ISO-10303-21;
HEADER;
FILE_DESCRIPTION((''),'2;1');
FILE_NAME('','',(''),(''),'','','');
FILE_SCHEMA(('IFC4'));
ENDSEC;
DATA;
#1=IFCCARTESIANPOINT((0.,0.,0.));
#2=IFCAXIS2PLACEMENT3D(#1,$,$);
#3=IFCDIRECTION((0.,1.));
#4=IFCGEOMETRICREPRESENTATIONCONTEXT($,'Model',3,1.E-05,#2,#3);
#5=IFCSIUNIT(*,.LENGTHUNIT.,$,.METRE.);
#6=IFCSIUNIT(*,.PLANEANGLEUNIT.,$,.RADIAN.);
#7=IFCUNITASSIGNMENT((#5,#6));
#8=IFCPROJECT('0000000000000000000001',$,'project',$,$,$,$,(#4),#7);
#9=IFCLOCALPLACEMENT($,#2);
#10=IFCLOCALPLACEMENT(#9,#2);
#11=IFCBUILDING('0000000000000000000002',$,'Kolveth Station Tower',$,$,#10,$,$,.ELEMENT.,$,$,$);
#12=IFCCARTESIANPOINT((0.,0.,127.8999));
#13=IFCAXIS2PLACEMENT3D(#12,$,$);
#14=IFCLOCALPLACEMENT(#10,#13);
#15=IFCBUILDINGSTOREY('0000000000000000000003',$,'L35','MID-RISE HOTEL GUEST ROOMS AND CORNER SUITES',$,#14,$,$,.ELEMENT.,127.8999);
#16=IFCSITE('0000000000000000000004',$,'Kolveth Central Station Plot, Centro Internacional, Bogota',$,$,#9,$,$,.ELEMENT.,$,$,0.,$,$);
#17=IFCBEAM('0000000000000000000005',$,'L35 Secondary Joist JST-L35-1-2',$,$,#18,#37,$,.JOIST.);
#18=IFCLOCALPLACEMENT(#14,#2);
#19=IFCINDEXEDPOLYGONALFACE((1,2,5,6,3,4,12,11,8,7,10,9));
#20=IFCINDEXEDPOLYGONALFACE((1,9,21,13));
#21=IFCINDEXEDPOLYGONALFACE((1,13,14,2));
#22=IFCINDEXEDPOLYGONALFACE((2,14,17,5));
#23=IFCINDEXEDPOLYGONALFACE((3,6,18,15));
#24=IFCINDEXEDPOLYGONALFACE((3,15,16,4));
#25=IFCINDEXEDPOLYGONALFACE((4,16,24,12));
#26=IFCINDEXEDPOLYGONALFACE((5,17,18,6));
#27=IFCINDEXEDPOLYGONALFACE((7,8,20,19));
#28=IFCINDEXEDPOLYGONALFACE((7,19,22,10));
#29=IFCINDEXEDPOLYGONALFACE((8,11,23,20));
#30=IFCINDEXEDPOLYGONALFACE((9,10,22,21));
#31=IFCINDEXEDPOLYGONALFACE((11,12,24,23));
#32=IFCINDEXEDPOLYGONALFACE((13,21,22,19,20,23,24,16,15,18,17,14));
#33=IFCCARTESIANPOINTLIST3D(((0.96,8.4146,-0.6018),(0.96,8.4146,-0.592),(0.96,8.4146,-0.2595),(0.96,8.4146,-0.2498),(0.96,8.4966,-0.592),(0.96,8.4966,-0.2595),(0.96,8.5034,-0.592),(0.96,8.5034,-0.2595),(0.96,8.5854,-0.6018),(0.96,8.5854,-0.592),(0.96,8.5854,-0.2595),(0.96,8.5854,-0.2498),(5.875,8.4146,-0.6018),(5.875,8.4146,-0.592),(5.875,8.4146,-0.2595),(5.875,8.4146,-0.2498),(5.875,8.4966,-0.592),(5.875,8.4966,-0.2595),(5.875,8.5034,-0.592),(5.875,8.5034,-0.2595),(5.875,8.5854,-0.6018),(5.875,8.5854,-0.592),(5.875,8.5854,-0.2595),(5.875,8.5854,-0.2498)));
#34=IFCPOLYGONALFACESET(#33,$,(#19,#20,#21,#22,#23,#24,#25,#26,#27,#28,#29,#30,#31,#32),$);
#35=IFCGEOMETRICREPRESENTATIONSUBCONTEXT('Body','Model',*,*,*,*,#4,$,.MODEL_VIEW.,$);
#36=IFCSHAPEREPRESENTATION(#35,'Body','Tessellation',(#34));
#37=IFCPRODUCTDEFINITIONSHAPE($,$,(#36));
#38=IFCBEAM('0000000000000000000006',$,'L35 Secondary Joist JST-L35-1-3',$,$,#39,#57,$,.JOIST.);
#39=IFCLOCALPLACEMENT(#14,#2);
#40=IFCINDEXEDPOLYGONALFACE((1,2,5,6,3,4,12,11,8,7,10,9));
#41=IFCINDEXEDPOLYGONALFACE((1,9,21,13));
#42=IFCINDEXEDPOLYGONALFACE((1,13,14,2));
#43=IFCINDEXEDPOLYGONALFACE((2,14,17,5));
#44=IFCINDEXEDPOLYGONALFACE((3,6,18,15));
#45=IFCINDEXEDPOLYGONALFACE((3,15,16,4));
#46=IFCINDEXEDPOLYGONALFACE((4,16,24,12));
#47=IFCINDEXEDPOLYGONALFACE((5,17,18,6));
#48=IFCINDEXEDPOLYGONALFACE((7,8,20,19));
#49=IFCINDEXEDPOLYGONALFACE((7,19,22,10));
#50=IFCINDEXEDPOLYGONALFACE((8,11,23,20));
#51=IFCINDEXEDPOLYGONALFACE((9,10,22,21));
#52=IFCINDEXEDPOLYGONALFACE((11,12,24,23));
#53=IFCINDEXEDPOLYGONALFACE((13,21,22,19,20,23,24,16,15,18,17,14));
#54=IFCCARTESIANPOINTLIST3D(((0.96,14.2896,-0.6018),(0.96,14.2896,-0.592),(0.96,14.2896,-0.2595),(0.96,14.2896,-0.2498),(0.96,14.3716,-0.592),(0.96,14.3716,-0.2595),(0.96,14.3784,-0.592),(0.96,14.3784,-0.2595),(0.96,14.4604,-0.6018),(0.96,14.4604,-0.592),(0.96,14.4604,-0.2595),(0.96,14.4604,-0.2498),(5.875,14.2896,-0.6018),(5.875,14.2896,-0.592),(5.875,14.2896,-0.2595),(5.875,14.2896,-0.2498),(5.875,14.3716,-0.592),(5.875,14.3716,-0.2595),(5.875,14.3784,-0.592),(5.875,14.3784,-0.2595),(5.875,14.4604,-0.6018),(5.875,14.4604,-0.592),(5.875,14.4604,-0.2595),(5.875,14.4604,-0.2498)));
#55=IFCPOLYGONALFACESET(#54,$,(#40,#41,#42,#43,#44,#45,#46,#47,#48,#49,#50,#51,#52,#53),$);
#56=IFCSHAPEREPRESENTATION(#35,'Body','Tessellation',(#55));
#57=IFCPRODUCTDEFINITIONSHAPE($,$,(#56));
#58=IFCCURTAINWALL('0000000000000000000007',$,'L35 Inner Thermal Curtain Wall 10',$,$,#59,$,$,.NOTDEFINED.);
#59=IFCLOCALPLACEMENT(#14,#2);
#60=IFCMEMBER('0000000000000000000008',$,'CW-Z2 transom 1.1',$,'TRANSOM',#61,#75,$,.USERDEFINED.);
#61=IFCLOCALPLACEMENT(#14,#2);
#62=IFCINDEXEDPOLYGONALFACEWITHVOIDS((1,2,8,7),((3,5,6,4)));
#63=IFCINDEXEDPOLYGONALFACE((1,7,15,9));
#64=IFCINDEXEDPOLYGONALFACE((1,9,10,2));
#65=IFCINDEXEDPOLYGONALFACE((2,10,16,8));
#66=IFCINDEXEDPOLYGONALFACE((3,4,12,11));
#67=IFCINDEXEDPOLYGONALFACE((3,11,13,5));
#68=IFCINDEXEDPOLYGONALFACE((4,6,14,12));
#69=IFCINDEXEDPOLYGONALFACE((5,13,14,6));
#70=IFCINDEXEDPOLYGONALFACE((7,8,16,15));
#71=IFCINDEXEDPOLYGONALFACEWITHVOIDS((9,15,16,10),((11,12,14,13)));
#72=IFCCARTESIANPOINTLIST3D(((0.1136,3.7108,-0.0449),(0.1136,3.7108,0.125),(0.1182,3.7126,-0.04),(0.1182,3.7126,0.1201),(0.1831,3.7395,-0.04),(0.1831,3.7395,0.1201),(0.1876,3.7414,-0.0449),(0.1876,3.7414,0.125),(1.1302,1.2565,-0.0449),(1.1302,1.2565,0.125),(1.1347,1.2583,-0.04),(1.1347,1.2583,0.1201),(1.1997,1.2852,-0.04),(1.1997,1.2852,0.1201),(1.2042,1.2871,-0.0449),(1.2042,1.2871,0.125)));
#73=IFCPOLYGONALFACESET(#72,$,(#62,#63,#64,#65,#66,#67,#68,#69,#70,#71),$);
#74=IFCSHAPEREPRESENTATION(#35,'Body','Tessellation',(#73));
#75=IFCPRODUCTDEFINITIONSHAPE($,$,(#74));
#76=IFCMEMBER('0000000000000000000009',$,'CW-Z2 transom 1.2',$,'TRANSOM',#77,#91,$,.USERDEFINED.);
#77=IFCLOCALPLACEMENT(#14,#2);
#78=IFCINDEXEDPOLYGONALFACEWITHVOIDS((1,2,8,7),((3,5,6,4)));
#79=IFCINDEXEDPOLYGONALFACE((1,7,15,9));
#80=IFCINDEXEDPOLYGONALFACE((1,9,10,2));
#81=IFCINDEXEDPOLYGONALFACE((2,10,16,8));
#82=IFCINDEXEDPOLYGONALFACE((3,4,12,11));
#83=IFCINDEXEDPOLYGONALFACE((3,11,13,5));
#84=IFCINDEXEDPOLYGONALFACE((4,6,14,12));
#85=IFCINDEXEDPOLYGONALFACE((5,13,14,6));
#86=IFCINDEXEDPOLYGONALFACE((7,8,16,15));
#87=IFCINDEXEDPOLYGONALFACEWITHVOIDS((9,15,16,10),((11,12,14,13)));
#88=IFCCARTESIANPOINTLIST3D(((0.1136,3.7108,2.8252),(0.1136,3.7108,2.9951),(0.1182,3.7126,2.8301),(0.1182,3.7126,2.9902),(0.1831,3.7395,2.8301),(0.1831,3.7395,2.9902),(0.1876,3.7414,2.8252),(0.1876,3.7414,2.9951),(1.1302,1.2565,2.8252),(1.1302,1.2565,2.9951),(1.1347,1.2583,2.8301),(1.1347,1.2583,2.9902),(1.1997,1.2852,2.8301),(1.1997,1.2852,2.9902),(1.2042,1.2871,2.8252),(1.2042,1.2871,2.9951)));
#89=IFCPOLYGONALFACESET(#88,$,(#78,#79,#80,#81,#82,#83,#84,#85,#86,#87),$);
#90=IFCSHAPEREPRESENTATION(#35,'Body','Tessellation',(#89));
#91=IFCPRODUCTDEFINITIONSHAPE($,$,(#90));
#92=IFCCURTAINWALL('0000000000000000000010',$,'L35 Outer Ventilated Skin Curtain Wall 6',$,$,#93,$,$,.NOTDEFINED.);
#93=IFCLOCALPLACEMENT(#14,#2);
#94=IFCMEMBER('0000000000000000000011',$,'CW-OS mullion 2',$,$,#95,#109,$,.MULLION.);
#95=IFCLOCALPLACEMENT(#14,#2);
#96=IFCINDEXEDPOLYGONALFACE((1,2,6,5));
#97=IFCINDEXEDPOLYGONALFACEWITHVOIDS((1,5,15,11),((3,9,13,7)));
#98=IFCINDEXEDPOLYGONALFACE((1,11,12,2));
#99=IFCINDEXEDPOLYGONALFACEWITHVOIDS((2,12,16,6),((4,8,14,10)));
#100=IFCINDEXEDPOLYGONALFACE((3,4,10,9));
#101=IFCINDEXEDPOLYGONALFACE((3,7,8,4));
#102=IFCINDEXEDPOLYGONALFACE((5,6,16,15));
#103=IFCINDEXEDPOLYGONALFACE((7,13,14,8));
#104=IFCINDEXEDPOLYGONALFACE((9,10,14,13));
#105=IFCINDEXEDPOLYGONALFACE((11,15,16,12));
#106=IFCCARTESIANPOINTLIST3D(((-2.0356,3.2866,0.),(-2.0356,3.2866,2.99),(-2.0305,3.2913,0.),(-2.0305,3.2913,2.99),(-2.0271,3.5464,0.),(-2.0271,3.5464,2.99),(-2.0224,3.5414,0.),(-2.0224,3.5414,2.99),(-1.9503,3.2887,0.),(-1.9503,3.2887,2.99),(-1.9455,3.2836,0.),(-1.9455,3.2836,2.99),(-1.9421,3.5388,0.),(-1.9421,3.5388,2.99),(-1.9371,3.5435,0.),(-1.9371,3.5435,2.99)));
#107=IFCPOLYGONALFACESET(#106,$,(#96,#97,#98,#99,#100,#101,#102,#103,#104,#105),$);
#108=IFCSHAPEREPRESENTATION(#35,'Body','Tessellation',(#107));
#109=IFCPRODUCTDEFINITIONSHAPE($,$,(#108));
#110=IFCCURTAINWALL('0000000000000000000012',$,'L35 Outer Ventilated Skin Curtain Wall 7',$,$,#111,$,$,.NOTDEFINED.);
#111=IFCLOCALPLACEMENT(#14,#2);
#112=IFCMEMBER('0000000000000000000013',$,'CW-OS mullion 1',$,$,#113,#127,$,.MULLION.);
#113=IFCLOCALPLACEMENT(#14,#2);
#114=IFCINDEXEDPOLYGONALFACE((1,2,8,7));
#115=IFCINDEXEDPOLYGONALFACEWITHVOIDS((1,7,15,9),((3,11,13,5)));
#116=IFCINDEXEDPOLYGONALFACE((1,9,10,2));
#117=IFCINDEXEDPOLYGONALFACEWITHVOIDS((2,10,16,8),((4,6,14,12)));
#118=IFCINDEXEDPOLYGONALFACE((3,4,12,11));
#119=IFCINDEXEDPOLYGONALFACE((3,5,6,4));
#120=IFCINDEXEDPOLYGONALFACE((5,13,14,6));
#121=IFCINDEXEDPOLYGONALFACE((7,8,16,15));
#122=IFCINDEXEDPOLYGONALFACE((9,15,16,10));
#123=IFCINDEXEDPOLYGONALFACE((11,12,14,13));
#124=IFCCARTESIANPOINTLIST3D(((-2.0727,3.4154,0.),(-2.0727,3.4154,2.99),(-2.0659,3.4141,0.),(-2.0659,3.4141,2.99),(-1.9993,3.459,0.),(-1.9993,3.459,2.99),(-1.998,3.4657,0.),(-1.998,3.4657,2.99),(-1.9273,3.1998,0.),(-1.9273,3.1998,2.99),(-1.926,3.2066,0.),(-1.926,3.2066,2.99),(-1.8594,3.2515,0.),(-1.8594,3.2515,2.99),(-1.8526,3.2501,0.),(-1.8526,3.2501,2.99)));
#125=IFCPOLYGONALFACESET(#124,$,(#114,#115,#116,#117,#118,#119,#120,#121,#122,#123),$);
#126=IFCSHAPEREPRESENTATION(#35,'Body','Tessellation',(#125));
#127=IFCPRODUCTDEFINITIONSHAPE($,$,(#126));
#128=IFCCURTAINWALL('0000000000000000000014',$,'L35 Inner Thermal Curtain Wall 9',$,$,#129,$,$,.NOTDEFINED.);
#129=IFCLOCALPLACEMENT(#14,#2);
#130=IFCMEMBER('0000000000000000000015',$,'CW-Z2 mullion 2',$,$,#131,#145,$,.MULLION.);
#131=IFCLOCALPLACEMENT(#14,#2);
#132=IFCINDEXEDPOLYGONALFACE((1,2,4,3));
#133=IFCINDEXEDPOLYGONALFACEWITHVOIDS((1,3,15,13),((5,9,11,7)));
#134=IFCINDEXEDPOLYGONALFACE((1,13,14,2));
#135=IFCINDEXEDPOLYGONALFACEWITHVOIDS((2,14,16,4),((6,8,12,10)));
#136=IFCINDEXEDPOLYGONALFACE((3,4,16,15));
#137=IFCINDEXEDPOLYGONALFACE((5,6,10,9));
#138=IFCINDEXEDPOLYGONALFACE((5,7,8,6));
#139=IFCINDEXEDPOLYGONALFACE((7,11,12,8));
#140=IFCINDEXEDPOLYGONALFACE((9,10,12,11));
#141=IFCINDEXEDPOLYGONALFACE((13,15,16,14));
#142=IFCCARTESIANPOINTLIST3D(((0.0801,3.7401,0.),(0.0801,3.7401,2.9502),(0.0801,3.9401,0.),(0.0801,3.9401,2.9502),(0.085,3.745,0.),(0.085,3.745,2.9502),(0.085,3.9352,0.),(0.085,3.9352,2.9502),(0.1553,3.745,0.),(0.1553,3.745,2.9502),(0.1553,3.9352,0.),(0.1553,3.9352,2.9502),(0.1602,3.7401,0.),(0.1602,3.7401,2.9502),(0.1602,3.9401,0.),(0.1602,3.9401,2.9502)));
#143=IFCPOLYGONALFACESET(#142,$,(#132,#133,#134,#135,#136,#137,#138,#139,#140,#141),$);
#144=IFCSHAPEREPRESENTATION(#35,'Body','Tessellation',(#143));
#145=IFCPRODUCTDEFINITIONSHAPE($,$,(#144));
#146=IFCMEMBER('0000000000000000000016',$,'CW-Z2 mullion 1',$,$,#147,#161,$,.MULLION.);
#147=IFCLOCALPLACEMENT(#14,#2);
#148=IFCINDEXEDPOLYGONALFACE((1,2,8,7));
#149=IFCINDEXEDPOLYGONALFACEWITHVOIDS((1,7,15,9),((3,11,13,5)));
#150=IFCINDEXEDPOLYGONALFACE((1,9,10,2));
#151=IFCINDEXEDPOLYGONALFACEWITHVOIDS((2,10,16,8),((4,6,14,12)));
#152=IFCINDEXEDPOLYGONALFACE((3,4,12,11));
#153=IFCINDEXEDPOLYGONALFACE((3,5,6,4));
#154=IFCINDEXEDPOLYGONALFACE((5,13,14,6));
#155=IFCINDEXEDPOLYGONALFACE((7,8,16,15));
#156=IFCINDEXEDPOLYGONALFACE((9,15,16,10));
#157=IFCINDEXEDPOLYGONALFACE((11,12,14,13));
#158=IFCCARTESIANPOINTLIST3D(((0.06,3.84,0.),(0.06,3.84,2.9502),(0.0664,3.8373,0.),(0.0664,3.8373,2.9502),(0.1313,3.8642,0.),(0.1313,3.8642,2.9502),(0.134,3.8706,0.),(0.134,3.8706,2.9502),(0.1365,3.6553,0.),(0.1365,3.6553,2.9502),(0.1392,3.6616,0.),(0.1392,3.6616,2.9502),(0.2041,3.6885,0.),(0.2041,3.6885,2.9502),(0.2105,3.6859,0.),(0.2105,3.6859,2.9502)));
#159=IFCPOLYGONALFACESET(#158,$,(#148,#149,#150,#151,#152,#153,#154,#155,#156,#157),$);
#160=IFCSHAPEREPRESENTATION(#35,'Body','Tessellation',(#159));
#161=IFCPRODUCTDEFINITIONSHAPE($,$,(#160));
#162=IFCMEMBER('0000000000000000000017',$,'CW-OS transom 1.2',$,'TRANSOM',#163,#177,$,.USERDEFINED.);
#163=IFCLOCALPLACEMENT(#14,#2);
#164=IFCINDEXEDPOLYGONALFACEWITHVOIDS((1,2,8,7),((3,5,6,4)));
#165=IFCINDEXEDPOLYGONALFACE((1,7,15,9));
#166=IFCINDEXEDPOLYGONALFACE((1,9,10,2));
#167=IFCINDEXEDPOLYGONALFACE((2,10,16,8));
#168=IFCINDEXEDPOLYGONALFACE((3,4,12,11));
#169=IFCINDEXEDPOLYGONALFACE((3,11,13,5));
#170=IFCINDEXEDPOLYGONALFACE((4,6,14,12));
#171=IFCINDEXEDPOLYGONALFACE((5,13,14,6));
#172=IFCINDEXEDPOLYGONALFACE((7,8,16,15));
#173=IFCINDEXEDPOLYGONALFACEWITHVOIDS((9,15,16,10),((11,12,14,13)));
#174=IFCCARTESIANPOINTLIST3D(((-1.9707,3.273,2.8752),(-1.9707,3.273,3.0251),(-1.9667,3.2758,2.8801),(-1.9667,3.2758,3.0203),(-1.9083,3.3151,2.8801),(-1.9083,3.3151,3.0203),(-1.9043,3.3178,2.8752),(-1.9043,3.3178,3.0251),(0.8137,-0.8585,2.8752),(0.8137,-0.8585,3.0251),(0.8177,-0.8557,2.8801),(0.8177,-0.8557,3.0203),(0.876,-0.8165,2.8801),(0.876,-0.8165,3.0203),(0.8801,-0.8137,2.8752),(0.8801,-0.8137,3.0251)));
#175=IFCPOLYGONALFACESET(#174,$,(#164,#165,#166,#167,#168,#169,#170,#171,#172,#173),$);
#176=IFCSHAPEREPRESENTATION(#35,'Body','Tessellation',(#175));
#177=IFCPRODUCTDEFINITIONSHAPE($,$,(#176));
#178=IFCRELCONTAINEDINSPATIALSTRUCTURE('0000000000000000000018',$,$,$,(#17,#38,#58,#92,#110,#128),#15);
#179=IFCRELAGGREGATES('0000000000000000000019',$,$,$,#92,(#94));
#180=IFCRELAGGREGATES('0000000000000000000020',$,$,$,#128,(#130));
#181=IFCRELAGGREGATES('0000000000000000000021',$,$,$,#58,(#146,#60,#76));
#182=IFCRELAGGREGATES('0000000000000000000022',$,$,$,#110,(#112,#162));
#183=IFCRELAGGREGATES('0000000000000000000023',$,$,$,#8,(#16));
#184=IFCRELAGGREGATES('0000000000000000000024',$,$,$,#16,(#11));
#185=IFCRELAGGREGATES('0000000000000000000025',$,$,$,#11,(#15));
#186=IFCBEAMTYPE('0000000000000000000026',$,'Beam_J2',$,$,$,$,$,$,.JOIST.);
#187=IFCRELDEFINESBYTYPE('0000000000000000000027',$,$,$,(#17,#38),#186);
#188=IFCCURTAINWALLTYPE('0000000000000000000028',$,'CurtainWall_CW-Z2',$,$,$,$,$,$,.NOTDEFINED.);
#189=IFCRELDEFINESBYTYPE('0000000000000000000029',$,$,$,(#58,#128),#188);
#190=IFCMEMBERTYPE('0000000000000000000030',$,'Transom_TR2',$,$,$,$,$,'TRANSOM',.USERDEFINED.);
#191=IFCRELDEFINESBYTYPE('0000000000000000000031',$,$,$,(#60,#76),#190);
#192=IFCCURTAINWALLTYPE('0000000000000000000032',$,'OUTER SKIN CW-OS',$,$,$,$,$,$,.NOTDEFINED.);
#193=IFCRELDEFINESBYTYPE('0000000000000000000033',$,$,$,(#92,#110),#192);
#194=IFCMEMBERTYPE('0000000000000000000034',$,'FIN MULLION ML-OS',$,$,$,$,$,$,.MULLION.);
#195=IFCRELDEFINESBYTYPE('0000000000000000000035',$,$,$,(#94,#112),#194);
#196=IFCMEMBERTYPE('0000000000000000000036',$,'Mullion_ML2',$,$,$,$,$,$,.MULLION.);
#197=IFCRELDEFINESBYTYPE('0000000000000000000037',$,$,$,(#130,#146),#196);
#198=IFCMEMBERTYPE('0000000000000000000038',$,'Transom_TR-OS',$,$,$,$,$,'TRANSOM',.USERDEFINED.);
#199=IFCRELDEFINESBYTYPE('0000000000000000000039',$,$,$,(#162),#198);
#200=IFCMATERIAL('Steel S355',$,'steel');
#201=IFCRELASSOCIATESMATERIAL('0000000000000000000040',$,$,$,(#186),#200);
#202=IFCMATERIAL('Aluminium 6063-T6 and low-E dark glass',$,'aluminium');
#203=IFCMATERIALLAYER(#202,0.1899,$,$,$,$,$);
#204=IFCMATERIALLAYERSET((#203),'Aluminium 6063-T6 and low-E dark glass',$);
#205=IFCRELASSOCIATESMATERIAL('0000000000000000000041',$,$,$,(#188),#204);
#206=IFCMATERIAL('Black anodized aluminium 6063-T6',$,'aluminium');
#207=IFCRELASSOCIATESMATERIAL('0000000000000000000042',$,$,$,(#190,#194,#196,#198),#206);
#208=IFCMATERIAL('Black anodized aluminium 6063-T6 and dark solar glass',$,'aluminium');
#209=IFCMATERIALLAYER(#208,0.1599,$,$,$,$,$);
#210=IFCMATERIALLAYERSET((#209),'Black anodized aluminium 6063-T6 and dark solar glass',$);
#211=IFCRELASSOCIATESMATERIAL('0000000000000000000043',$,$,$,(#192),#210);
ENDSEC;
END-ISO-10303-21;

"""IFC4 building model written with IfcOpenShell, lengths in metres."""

from ifc_helpers import new_model, si_unit, direction, frame, origin, origin_2d, place, context, subcontext, project, spatial, hollow_rectangle, i_section, extrude, source, transform, mapped, material, layer, layer_set, material_profile, profile_set, type_object, element, aggregate, save


model = new_model("IFC4")

# Units and contexts
model_context = context("Model", 3, precision=1e-05, world=origin(), true_north=direction((0.0, 1.0)))
body_context = subcontext(model_context, "Body", "Model", "MODEL_VIEW")
ifc_project = project(units=[si_unit("LENGTHUNIT", "METRE"), si_unit("PLANEANGLEUNIT", "RADIAN")], contexts=[model_context])

# Site, building, storey
site_placement = place(None, origin())
site = spatial("IfcSite", under=ifc_project, at=site_placement, Name="Kolveth Central Station Plot, Centro Internacional, Bogota", CompositionType="ELEMENT", RefElevation=0.0)
building_placement = place(site_placement, origin())
building = spatial("IfcBuilding", under=site, at=building_placement, Name="Kolveth Station Tower", CompositionType="ELEMENT")
storey_placement = place(building_placement, frame((0.0, 0.0, 127.8999)))
storey = spatial("IfcBuildingStorey", under=building, at=storey_placement, Name="L35", Description="MID-RISE HOTEL GUEST ROOMS AND CORNER SUITES", CompositionType="ELEMENT", Elevation=127.8999)

# Beams
ifc_material_1 = material(Name="Steel S355", Category="steel")
ifc_material_profile_1 = material_profile(ifc_material_1, i_section(OverallWidth=0.1709, OverallDepth=0.3521, WebThickness=0.0068, FlangeThickness=0.0098, at=origin_2d()), Name="W360x44")
ifc_profile_set_1 = profile_set([ifc_material_profile_1], Name="Steel S355")
beam_type_1 = type_object("IfcBeamType", Name="Beam_J2", PredefinedType="JOIST", material=ifc_profile_set_1)
shared_shape_1 = source(origin(), body_context, "Body", "SweptSolid", [
    extrude(i_section(OverallWidth=0.1709, OverallDepth=0.3521, WebThickness=0.0068, FlangeThickness=0.0098, at=origin_2d()), origin(), (0.0, 0.0, 1.0), 4.915),
])
for number, where, z_axis, x_axis, name in (
    (1, (0.96, 8.5, -0.4258), (1.0, 0.0, 0.0), (0.0, 1.0, 0.0), "L35 Secondary Joist JST-L35-1-2"),
    (2, (0.96, 14.375, -0.4258), (1.0, 0.0, 0.0), (0.0, 1.0, 0.0), "L35 Secondary Joist JST-L35-1-3"),
):
    element("IfcBeam", number, at=place(storey_placement, frame(where, z_axis=z_axis, x_axis=x_axis)), inside=storey, type_object=beam_type_1, Name=name, PredefinedType="JOIST", context=body_context, shape_type="MappedRepresentation", body=[
        mapped(shared_shape_1, transform((0.0, 0.0, 0.0), x_axis=(1.0, 0.0, 0.0), y_axis=(0.0, 1.0, 0.0), z_axis=(0.0, 0.0, 1.0), scale=1.0)),
    ])

# Curtain wall, members
ifc_material_2 = material(Name="Aluminium 6063-T6 and low-E dark glass", Category="aluminium")
ifc_layer_1 = layer(ifc_material_2, 0.1899)
ifc_layer_set_1 = layer_set([ifc_layer_1], Name="Aluminium 6063-T6 and low-E dark glass")
curtain_wall_type_1 = type_object("IfcCurtainWallType", Name="CurtainWall_CW-Z2", PredefinedType="NOTDEFINED", material=ifc_layer_set_1)
curtain_wall_1_placement = place(storey_placement, origin())
curtain_wall_1 = element("IfcCurtainWall", 3, at=curtain_wall_1_placement, inside=storey, type_object=curtain_wall_type_1, Name="L35 Inner Thermal Curtain Wall 10", PredefinedType="NOTDEFINED")
ifc_material_3 = material(Name="Black anodized aluminium 6063-T6", Category="aluminium")
ifc_material_profile_2 = material_profile(ifc_material_3, hollow_rectangle(XDim=0.0801, YDim=0.1699, WallThickness=0.0049, at=origin_2d()), Name="ALU-80x170x5")
ifc_profile_set_2 = profile_set([ifc_material_profile_2], Name="Black anodized aluminium 6063-T6")
member_type_1 = type_object("IfcMemberType", Name="Transom_TR2", ElementType="TRANSOM", PredefinedType="USERDEFINED", material=ifc_profile_set_2)
shared_shape_2 = source(origin(), body_context, "Body", "SweptSolid", [
    extrude(hollow_rectangle(XDim=0.0801, YDim=0.1699, WallThickness=0.0049, at=origin_2d()), origin(), (0.0, 0.0, 1.0), 2.6565),
])
member_1_placement = place(storey_placement, frame((0.1506, 3.7261, 0.04), z_axis=(0.382676, -0.923882, 0.0), x_axis=(0.923882, 0.382676, 0.0)))
member_1 = element("IfcMember", 4, at=member_1_placement, type_object=member_type_1, Name="CW-Z2 transom 1.1", ObjectType="TRANSOM", PredefinedType="USERDEFINED", context=body_context, shape_type="MappedRepresentation", body=[
    mapped(shared_shape_2, transform((0.0, 0.0, 0.0), x_axis=(1.0, 0.0, 0.0), y_axis=(0.0, 1.0, 0.0), z_axis=(0.0, 0.0, 1.0), scale=1.0)),
])
member_2_placement = place(storey_placement, frame((0.1506, 3.7261, 2.9102), z_axis=(0.382676, -0.923882, 0.0), x_axis=(0.923882, 0.382676, 0.0)))
member_2 = element("IfcMember", 5, at=member_2_placement, type_object=member_type_1, Name="CW-Z2 transom 1.2", ObjectType="TRANSOM", PredefinedType="USERDEFINED", context=body_context, shape_type="MappedRepresentation", body=[
    mapped(shared_shape_2, transform((0.0, 0.0, 0.0), x_axis=(1.0, 0.0, 0.0), y_axis=(0.0, 1.0, 0.0), z_axis=(0.0, 0.0, 1.0), scale=1.0)),
])

# Curtain walls, members
ifc_material_4 = material(Name="Black anodized aluminium 6063-T6 and dark solar glass", Category="aluminium")
ifc_layer_2 = layer(ifc_material_4, 0.1599)
ifc_layer_set_2 = layer_set([ifc_layer_2], Name="Black anodized aluminium 6063-T6 and dark solar glass")
curtain_wall_type_2 = type_object("IfcCurtainWallType", Name="OUTER SKIN CW-OS", PredefinedType="NOTDEFINED", material=ifc_layer_set_2)
curtain_wall_2_placement = place(storey_placement, origin())
curtain_wall_2 = element("IfcCurtainWall", 6, at=curtain_wall_2_placement, inside=storey, type_object=curtain_wall_type_2, Name="L35 Outer Ventilated Skin Curtain Wall 6", PredefinedType="NOTDEFINED")
ifc_material_profile_3 = material_profile(ifc_material_3, hollow_rectangle(XDim=0.0901, YDim=0.26, WallThickness=0.0049, at=origin_2d()), Name="ALU-90x260x5")
ifc_profile_set_3 = profile_set([ifc_material_profile_3], Name="Black anodized aluminium 6063-T6")
member_type_2 = type_object("IfcMemberType", Name="FIN MULLION ML-OS", PredefinedType="MULLION", material=ifc_profile_set_3)
shared_shape_3 = source(origin(), body_context, "Body", "SweptSolid", [
    extrude(hollow_rectangle(XDim=0.0901, YDim=0.26, WallThickness=0.0049, at=origin_2d()), origin(), (0.0, 0.0, 1.0), 2.99),
])
member_3_placement = place(storey_placement, frame((-1.9863, 3.415, 0.0), z_axis=(0.0, 0.0, 1.0), x_axis=(0.999469, -0.032594, 0.0)))
member_3 = element("IfcMember", 7, at=member_3_placement, type_object=member_type_2, Name="CW-OS mullion 2", PredefinedType="MULLION", context=body_context, shape_type="MappedRepresentation", body=[
    mapped(shared_shape_3, transform((0.0, 0.0, 0.0), x_axis=(1.0, 0.0, 0.0), y_axis=(0.0, 1.0, 0.0), z_axis=(0.0, 0.0, 1.0), scale=1.0)),
])
aggregate(curtain_wall_2, [member_3])
curtain_wall_3_placement = place(storey_placement, origin())
curtain_wall_3 = element("IfcCurtainWall", 8, at=curtain_wall_3_placement, inside=storey, type_object=curtain_wall_type_2, Name="L35 Outer Ventilated Skin Curtain Wall 7", PredefinedType="NOTDEFINED")
member_4_placement = place(storey_placement, frame((-1.9626, 3.3328, 0.0), z_axis=(0.0, 0.0, 1.0), x_axis=(0.829238, 0.558895, 0.0)))
member_4 = element("IfcMember", 9, at=member_4_placement, type_object=member_type_2, Name="CW-OS mullion 1", PredefinedType="MULLION", context=body_context, shape_type="MappedRepresentation", body=[
    mapped(shared_shape_3, transform((0.0, 0.0, 0.0), x_axis=(1.0, 0.0, 0.0), y_axis=(0.0, 1.0, 0.0), z_axis=(0.0, 0.0, 1.0), scale=1.0)),
])
curtain_wall_4_placement = place(storey_placement, origin())
curtain_wall_4 = element("IfcCurtainWall", 10, at=curtain_wall_4_placement, inside=storey, type_object=curtain_wall_type_1, Name="L35 Inner Thermal Curtain Wall 9", PredefinedType="NOTDEFINED")
ifc_material_profile_4 = material_profile(ifc_material_3, hollow_rectangle(XDim=0.0801, YDim=0.2, WallThickness=0.0049, at=origin_2d()), Name="ALU-80x200x5")
ifc_profile_set_4 = profile_set([ifc_material_profile_4], Name="Black anodized aluminium 6063-T6")
member_type_3 = type_object("IfcMemberType", Name="Mullion_ML2", PredefinedType="MULLION", material=ifc_profile_set_4)
shared_shape_4 = source(origin(), body_context, "Body", "SweptSolid", [
    extrude(hollow_rectangle(XDim=0.0801, YDim=0.2, WallThickness=0.0049, at=origin_2d()), origin(), (0.0, 0.0, 1.0), 2.9502),
])
member_5_placement = place(storey_placement, frame((0.1201, 3.8401, 0.0), z_axis=(0.0, 0.0, 1.0), x_axis=(1.0, 0.0, 0.0)))
member_5 = element("IfcMember", 11, at=member_5_placement, type_object=member_type_3, Name="CW-Z2 mullion 2", PredefinedType="MULLION", context=body_context, shape_type="MappedRepresentation", body=[
    mapped(shared_shape_4, transform((0.0, 0.0, 0.0), x_axis=(1.0, 0.0, 0.0), y_axis=(0.0, 1.0, 0.0), z_axis=(0.0, 0.0, 1.0), scale=1.0)),
])
aggregate(curtain_wall_4, [member_5])

# Members
member_6_placement = place(storey_placement, frame((0.1353, 3.7629, 0.0), z_axis=(0.0, 0.0, 1.0), x_axis=(0.923888, 0.382663, 0.0)))
member_6 = element("IfcMember", 12, at=member_6_placement, type_object=member_type_3, Name="CW-Z2 mullion 1", PredefinedType="MULLION", context=body_context, shape_type="MappedRepresentation", body=[
    mapped(shared_shape_4, transform((0.0, 0.0, 0.0), x_axis=(1.0, 0.0, 0.0), y_axis=(0.0, 1.0, 0.0), z_axis=(0.0, 0.0, 1.0), scale=1.0)),
])
aggregate(curtain_wall_1, [member_6, member_1, member_2])
ifc_material_profile_5 = material_profile(ifc_material_3, hollow_rectangle(XDim=0.0801, YDim=0.1499, WallThickness=0.0049, at=origin_2d()), Name="ALU-80x150x5")
ifc_profile_set_5 = profile_set([ifc_material_profile_5], Name="Black anodized aluminium 6063-T6")
member_type_4 = type_object("IfcMemberType", Name="Transom_TR-OS", ElementType="TRANSOM", PredefinedType="USERDEFINED", material=ifc_profile_set_5)
shared_shape_5 = source(origin(), body_context, "Body", "SweptSolid", [
    extrude(hollow_rectangle(XDim=0.0801, YDim=0.1499, WallThickness=0.0049, at=origin_2d()), origin(), (0.0, 0.0, 1.0), 4.9822),
])
member_7_placement = place(storey_placement, frame((-1.9375, 3.2954, 2.9502), z_axis=(0.558866, -0.829258, 0.0), x_axis=(0.829258, 0.558866, 0.0)))
member_7 = element("IfcMember", 13, at=member_7_placement, type_object=member_type_4, Name="CW-OS transom 1.2", ObjectType="TRANSOM", PredefinedType="USERDEFINED", context=body_context, shape_type="MappedRepresentation", body=[
    mapped(shared_shape_5, transform((0.0, 0.0, 0.0), x_axis=(1.0, 0.0, 0.0), y_axis=(0.0, 1.0, 0.0), z_axis=(0.0, 0.0, 1.0), scale=1.0)),
])
aggregate(curtain_wall_3, [member_4, member_7])

save(model, "model.ifc")
